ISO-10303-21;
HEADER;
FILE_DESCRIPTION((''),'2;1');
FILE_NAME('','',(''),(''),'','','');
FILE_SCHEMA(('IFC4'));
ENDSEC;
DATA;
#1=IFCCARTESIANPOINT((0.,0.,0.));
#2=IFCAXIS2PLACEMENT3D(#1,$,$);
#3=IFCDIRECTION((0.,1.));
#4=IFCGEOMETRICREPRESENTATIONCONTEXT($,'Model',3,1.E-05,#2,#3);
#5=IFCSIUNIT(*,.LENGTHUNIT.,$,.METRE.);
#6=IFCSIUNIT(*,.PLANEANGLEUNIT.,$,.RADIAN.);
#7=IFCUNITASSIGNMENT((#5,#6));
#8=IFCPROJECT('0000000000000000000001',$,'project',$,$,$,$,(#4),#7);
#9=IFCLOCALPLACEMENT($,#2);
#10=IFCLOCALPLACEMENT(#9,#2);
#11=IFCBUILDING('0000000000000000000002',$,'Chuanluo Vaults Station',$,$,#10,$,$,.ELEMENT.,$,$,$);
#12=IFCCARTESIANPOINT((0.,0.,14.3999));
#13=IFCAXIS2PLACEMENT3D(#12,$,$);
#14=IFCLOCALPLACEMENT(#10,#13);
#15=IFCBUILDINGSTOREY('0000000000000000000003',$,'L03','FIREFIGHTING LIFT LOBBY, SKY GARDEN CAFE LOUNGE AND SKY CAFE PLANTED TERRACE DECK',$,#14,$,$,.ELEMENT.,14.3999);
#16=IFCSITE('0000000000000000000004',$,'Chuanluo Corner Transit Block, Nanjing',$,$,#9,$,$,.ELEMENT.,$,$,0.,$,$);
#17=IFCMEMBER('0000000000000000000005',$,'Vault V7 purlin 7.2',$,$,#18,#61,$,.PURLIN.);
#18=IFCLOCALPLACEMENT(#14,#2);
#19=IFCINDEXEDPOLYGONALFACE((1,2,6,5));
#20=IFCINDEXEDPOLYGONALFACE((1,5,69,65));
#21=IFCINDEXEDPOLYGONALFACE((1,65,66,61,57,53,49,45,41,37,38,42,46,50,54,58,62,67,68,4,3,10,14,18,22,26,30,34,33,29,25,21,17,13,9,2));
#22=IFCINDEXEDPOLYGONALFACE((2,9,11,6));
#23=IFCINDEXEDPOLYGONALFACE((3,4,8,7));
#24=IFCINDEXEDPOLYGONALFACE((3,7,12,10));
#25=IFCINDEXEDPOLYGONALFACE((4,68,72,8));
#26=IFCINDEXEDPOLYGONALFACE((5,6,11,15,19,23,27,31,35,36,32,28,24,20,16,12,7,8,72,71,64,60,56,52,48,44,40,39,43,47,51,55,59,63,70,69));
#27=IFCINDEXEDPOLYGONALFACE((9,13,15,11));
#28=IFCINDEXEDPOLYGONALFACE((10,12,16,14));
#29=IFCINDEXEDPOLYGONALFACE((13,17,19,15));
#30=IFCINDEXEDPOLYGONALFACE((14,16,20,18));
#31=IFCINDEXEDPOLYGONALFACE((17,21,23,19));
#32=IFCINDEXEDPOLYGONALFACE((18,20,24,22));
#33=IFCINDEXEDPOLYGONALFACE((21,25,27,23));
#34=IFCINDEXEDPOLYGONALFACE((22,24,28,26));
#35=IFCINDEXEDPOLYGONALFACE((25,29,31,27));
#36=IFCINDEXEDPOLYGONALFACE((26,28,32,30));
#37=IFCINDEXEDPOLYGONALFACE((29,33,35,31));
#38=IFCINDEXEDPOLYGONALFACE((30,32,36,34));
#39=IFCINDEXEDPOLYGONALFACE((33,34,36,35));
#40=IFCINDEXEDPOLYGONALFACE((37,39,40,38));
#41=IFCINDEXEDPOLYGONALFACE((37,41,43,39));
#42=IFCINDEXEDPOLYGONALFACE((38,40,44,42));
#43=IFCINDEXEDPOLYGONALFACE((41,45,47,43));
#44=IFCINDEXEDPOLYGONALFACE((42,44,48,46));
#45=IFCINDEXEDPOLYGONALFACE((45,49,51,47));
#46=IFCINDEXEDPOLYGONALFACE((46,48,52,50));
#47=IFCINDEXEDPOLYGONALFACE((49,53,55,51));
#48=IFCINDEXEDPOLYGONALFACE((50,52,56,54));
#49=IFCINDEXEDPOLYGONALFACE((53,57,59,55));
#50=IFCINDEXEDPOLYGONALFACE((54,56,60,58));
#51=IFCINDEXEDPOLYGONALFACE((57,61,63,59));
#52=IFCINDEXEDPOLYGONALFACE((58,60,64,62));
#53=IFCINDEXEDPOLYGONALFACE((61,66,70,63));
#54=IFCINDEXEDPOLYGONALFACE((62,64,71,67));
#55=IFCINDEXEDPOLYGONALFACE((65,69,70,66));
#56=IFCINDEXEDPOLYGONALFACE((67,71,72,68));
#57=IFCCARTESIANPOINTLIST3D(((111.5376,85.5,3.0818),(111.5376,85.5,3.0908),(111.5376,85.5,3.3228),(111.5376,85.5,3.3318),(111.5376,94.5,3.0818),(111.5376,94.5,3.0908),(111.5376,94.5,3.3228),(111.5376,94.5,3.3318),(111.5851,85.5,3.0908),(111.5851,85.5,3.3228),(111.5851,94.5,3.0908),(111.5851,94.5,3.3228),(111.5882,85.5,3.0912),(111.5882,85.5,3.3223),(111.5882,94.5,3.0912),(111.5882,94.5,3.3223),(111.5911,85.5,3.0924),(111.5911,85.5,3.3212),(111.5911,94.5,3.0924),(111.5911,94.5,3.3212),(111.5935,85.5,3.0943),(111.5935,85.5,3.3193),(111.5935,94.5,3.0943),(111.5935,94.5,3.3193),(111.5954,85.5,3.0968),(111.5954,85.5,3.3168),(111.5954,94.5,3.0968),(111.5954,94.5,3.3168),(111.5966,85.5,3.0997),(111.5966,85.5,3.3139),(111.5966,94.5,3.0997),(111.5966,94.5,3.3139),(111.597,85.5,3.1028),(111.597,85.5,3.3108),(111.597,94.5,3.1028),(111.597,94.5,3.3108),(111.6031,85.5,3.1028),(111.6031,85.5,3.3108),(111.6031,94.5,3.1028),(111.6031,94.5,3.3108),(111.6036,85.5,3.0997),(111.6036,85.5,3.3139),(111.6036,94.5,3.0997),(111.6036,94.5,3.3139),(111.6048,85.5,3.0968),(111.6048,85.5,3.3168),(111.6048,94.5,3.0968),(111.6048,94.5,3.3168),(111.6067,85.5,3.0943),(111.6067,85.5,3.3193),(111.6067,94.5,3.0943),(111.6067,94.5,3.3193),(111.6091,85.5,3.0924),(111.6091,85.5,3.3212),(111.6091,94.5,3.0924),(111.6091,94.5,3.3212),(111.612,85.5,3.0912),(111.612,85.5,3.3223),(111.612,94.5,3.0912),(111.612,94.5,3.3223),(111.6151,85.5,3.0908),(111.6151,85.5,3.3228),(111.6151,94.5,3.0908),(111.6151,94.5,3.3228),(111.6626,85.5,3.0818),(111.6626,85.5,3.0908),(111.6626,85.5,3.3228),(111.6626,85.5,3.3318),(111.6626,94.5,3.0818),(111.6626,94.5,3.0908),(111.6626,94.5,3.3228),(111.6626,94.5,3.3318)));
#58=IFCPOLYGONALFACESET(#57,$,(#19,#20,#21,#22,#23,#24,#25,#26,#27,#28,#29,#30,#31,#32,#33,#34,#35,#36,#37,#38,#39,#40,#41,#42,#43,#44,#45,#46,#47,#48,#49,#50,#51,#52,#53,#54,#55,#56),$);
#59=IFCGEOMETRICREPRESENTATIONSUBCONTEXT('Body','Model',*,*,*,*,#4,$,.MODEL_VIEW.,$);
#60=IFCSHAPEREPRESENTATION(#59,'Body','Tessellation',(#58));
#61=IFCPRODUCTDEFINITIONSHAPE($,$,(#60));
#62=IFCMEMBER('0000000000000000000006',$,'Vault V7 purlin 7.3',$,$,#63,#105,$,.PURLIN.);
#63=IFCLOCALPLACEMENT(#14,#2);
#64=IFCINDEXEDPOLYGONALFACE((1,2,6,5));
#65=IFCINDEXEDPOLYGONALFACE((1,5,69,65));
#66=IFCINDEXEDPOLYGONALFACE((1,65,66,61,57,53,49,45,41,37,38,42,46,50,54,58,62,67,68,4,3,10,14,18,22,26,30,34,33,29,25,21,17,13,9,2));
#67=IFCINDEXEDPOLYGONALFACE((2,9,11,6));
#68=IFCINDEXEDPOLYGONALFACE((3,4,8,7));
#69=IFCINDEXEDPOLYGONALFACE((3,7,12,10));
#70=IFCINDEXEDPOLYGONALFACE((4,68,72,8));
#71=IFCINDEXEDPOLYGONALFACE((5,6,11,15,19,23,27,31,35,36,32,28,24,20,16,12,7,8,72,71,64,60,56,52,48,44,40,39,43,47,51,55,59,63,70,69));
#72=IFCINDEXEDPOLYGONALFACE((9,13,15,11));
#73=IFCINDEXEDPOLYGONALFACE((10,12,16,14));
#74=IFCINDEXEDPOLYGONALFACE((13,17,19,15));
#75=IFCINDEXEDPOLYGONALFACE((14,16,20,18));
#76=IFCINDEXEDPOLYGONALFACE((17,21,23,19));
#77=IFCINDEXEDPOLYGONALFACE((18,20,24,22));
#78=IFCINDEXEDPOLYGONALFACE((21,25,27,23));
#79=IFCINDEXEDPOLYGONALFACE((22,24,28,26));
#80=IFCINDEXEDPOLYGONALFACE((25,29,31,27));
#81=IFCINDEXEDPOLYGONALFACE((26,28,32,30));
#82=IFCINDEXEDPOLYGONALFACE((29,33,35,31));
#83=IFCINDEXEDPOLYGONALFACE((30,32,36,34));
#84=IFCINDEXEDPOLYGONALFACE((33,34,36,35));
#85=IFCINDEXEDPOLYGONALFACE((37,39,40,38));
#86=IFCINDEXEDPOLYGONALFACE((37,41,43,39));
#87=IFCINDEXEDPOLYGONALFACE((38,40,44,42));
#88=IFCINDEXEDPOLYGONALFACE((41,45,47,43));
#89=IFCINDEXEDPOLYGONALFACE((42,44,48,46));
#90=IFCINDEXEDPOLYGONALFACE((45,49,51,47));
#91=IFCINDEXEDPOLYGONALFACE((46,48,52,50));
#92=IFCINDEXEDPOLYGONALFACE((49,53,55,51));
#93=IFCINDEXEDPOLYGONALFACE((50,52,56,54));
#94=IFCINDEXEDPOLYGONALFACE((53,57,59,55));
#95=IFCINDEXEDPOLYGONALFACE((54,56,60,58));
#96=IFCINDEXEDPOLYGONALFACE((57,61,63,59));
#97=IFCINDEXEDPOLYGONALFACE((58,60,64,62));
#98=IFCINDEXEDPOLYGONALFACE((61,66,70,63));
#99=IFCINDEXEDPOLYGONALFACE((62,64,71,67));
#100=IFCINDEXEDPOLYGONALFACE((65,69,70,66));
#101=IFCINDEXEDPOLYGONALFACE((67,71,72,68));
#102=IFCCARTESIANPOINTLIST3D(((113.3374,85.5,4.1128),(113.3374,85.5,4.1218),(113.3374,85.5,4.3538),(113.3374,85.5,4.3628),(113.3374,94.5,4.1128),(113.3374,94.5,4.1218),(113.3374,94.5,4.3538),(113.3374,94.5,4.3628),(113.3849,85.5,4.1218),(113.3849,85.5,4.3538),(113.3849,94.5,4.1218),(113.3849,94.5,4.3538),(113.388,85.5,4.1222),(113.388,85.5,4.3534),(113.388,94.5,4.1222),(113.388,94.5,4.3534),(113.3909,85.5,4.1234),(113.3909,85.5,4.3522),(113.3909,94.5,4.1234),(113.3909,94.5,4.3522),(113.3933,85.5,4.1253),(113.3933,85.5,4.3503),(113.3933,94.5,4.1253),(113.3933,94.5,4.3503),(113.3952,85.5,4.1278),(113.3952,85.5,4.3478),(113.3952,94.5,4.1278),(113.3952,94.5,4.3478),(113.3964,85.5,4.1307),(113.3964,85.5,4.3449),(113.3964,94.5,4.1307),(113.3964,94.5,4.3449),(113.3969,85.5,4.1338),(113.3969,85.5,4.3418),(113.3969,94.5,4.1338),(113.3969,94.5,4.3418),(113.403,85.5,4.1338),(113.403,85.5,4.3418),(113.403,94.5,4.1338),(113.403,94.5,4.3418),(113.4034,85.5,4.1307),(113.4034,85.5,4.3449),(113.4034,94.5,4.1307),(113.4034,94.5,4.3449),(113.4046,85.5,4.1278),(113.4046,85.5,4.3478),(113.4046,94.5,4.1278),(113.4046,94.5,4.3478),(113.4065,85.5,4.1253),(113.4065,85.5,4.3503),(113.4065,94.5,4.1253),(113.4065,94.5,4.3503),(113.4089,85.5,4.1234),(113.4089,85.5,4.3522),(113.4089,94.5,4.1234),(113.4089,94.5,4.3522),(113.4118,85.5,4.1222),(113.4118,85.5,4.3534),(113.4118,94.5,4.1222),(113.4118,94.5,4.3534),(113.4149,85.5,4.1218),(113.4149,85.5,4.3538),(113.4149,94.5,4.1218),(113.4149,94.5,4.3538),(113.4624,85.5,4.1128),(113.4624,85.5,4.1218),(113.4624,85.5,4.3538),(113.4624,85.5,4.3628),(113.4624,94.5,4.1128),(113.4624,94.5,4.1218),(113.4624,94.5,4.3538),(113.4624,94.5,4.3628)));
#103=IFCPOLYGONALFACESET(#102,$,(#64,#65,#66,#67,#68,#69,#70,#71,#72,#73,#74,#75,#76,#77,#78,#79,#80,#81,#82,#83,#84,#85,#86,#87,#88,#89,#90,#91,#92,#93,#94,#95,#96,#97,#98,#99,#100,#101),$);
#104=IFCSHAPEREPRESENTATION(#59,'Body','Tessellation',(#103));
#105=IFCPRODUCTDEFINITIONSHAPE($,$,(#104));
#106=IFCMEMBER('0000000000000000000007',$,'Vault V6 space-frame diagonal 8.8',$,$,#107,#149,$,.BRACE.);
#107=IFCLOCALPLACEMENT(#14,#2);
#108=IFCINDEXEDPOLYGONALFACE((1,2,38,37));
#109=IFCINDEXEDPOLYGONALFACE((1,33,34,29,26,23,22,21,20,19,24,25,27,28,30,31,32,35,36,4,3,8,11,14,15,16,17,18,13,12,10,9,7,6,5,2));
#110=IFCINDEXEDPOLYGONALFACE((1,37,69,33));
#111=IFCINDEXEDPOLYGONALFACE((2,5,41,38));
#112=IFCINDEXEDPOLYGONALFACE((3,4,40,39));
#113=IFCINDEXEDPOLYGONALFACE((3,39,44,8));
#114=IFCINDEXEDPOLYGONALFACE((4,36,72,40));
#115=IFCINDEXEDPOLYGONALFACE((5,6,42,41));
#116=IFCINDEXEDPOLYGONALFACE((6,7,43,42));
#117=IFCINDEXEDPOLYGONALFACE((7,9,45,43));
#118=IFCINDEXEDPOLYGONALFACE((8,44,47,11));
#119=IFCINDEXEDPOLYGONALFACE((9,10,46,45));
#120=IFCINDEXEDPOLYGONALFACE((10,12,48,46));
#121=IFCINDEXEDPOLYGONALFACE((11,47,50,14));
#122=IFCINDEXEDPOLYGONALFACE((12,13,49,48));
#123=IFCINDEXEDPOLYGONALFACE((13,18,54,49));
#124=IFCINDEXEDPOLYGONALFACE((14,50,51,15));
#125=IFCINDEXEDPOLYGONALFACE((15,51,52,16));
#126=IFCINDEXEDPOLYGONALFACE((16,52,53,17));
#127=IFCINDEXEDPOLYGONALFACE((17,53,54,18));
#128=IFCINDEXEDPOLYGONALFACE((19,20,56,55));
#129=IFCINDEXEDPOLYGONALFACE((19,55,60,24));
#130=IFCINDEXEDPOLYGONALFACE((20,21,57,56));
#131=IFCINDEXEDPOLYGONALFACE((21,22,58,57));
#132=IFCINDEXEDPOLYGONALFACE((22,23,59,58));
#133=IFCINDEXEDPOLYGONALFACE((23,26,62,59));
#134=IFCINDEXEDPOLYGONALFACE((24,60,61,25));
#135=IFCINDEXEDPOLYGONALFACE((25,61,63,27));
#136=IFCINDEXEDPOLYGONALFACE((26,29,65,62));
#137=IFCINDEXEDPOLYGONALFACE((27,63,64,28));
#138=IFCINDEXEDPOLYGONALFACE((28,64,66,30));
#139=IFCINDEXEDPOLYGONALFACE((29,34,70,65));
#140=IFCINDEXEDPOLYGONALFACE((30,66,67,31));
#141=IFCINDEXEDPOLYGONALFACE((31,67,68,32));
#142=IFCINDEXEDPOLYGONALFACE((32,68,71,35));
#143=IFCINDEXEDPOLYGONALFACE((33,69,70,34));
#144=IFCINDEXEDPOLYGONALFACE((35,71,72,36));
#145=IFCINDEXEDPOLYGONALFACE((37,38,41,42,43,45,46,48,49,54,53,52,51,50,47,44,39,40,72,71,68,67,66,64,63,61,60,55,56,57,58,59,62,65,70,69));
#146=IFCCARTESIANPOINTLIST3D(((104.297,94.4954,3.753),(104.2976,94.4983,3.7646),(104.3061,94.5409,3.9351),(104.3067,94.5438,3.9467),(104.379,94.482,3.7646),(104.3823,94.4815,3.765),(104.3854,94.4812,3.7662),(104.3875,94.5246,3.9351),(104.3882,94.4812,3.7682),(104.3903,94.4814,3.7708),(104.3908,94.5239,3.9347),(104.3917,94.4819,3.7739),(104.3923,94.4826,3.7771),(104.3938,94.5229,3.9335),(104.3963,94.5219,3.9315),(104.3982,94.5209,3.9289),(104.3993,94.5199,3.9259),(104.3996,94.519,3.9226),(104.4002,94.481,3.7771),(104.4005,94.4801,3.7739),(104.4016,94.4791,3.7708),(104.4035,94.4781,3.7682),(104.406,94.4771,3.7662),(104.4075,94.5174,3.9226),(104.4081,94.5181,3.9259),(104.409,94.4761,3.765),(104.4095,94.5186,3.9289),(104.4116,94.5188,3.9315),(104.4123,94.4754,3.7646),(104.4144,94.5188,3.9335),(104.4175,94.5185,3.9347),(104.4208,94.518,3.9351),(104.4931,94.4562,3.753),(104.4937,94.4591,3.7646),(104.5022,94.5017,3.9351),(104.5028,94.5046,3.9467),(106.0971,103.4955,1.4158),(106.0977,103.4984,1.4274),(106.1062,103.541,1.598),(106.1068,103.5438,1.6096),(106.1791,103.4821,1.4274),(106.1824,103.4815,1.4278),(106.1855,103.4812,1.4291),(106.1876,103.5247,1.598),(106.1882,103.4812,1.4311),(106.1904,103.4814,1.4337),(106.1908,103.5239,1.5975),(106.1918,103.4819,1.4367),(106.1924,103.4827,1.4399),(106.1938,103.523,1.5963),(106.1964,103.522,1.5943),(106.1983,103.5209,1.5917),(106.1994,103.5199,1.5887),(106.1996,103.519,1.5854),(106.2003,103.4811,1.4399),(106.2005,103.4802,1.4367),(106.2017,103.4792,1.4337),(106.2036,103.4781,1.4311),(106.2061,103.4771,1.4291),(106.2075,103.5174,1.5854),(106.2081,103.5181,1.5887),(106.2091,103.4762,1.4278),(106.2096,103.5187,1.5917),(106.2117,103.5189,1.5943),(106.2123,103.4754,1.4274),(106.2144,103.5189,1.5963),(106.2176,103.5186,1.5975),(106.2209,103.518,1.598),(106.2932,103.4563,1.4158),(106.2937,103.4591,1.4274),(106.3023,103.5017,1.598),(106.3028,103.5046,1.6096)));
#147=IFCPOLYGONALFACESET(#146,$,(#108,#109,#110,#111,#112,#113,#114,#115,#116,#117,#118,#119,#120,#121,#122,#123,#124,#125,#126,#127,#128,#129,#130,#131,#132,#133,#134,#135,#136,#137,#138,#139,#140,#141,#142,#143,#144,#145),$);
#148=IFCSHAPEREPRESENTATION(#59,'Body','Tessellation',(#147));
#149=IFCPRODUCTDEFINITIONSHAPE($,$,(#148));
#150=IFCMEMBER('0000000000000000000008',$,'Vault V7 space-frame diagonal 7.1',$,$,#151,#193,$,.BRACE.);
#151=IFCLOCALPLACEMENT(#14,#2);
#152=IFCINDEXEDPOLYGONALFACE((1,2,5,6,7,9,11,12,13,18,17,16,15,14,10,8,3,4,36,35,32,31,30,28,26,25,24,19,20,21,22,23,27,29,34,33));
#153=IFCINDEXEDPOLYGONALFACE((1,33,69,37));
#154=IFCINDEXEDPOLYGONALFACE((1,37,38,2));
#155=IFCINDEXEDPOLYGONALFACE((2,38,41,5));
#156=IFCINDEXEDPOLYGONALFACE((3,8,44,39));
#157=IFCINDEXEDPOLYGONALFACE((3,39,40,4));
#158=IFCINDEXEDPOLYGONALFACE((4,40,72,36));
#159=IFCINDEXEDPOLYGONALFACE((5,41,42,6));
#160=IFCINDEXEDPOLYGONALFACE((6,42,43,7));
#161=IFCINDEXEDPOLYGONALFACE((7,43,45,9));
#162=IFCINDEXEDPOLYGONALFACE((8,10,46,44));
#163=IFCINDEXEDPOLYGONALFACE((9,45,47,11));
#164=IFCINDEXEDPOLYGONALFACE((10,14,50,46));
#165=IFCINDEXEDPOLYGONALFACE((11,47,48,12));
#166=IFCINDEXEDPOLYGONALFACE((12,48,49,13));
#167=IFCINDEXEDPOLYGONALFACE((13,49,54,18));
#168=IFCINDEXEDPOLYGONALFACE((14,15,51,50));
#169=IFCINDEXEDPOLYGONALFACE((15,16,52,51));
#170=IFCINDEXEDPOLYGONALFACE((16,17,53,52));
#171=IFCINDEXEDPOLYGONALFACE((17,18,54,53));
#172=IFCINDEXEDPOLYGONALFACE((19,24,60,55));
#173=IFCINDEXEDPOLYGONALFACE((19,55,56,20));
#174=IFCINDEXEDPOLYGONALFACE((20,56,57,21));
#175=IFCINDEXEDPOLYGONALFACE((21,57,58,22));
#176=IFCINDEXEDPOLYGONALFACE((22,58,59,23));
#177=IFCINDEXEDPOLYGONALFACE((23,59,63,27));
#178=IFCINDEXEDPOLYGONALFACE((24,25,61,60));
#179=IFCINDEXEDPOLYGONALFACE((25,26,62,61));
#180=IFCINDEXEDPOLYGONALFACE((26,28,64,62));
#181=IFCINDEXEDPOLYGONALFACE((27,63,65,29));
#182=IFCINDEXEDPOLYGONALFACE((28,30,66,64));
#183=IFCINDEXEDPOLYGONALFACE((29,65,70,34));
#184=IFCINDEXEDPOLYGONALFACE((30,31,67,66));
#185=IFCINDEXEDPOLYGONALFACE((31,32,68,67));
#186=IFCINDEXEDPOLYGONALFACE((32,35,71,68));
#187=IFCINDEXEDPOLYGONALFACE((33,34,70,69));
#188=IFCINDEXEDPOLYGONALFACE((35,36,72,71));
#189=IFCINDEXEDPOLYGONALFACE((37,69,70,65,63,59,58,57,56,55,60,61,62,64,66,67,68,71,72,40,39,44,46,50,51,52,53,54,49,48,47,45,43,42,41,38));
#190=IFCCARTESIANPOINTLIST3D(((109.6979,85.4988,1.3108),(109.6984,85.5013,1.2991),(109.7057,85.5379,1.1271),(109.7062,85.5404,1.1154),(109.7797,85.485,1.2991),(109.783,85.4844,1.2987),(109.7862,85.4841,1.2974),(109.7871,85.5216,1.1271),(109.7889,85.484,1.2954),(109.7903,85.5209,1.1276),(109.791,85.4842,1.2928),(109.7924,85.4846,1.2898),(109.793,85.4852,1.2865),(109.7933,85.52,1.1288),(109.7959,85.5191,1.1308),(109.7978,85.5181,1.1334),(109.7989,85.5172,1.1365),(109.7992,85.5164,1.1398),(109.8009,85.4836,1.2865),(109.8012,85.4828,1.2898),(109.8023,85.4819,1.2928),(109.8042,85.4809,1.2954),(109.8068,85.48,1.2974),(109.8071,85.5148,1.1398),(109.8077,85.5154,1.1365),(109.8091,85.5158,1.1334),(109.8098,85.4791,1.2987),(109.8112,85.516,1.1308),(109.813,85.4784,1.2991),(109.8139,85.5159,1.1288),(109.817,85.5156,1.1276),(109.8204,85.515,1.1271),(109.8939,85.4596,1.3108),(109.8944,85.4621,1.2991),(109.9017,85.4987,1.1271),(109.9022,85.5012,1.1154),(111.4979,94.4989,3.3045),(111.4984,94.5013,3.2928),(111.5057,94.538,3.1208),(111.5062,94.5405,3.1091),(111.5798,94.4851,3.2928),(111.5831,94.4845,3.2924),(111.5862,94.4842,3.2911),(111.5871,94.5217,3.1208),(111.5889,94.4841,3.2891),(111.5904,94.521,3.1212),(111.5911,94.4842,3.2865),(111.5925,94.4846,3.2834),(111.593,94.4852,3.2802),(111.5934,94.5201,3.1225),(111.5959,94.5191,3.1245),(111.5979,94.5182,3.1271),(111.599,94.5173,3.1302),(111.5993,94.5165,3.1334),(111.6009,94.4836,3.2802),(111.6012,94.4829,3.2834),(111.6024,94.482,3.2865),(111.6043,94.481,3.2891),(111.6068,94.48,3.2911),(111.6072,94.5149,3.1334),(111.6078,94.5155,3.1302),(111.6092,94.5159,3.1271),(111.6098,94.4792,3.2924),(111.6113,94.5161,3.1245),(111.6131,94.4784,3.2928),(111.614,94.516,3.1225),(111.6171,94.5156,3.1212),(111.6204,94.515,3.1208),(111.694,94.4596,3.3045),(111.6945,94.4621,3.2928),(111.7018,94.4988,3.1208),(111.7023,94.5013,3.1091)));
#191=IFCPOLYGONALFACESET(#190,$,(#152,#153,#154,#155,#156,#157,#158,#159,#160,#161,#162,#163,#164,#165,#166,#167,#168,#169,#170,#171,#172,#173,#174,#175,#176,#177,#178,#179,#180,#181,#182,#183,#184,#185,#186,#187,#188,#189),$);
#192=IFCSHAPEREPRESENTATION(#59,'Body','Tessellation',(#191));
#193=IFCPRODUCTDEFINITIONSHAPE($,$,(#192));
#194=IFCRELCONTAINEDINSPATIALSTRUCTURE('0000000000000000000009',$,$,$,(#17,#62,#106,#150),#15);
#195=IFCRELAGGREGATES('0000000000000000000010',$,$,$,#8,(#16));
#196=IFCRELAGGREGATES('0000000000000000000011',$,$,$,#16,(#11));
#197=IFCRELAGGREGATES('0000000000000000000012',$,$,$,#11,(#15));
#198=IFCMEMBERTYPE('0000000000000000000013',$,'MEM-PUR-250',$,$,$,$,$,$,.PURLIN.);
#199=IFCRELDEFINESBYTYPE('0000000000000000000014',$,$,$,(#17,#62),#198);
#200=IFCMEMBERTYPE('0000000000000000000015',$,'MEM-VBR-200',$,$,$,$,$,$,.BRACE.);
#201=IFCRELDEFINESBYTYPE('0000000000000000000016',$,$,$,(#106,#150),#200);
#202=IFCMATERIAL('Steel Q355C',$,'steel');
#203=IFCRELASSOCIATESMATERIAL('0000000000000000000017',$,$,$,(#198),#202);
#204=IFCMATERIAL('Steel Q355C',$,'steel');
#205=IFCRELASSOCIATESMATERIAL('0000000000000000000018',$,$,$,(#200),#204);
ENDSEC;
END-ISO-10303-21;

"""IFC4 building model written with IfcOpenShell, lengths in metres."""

from ifc_helpers import new_model, si_unit, direction, frame, origin, origin_2d, place, context, subcontext, project, spatial, i_section, extrude, material, material_profile, profile_set, type_object, element, save


model = new_model("IFC4")

# Units and contexts
model_context = context("Model", 3, precision=1e-05, world=origin(), true_north=direction((0.0, 1.0)))
body_context = subcontext(model_context, "Body", "Model", "MODEL_VIEW")
ifc_project = project(units=[si_unit("LENGTHUNIT", "METRE"), si_unit("PLANEANGLEUNIT", "RADIAN")], contexts=[model_context])

# Site, building, storey
site_placement = place(None, origin())
site = spatial("IfcSite", under=ifc_project, at=site_placement, Name="Chuanluo Corner Transit Block, Nanjing", CompositionType="ELEMENT", RefElevation=0.0)
building_placement = place(site_placement, origin())
building = spatial("IfcBuilding", under=site, at=building_placement, Name="Chuanluo Vaults Station", CompositionType="ELEMENT")
storey_placement = place(building_placement, frame((0.0, 0.0, 14.3999)))
storey = spatial("IfcBuildingStorey", under=building, at=storey_placement, Name="L03", Description="FIREFIGHTING LIFT LOBBY, SKY GARDEN CAFE LOUNGE AND SKY CAFE PLANTED TERRACE DECK", CompositionType="ELEMENT", Elevation=14.3999)

# Members
ifc_material_1 = material(Name="Steel Q355C", Category="steel")
ifc_material_profile_1 = material_profile(ifc_material_1, i_section(OverallWidth=0.125, OverallDepth=0.25, WebThickness=0.0061, FlangeThickness=0.009, FilletRadius=0.012, at=origin_2d()))
ifc_profile_set_1 = profile_set([ifc_material_profile_1], Name="Steel Q355C")
member_type_1 = type_object("IfcMemberType", Name="MEM-PUR-250", PredefinedType="PURLIN", material=ifc_profile_set_1)
for number, where, z_axis, x_axis, name in (
    (1, (111.6001, 85.5, 3.2068), (0.0, 1.0, 0.0), (-1.0, 0.0, 0.0), "Vault V7 purlin 7.2"),
    (2, (113.3999, 85.5, 4.2378), (0.0, 1.0, 0.0), (-1.0, 0.0, 0.0), "Vault V7 purlin 7.3"),
):
    element("IfcMember", number, at=place(storey_placement, frame(where, z_axis=z_axis, x_axis=x_axis)), inside=storey, type_object=member_type_1, Name=name, PredefinedType="PURLIN", context=body_context, shape_type="SweptSolid", body=[
        extrude(i_section(OverallWidth=0.125, OverallDepth=0.25, WebThickness=0.0061, FlangeThickness=0.009, FilletRadius=0.012, at=origin_2d()), origin(), (0.0, 0.0, 1.0), 9.0),
    ])
ifc_material_2 = material(Name="Steel Q355C", Category="steel")
ifc_material_profile_2 = material_profile(ifc_material_2, i_section(OverallWidth=0.2, OverallDepth=0.2, WebThickness=0.0081, FlangeThickness=0.012, FilletRadius=0.0129, at=origin_2d()))
ifc_profile_set_2 = profile_set([ifc_material_profile_2], Name="Steel Q355C")
member_type_2 = type_object("IfcMemberType", Name="MEM-VBR-200", PredefinedType="BRACE", material=ifc_profile_set_2)
member_1_placement = place(storey_placement, frame((104.3999, 94.5, 3.8499), z_axis=(0.190056, 0.950255, -0.246766), x_axis=(-0.98058, 0.196121, 0.0)))
element("IfcMember", 3, at=member_1_placement, inside=storey, type_object=member_type_2, Name="Vault V6 space-frame diagonal 8.8", PredefinedType="BRACE", context=body_context, shape_type="SweptSolid", body=[
    extrude(i_section(OverallWidth=0.2, OverallDepth=0.2, WebThickness=0.0081, FlangeThickness=0.012, FilletRadius=0.0129, at=origin_2d()), origin(), (0.0, 0.0, 1.0), 9.4712),
])
member_2_placement = place(storey_placement, frame((109.8, 85.5, 1.2131), z_axis=(0.191652, 0.958234, 0.212265), x_axis=(-0.98058, 0.196121, 0.0)))
element("IfcMember", 4, at=member_2_placement, inside=storey, type_object=member_type_2, Name="Vault V7 space-frame diagonal 7.1", PredefinedType="BRACE", context=body_context, shape_type="SweptSolid", body=[
    extrude(i_section(OverallWidth=0.2, OverallDepth=0.2, WebThickness=0.0081, FlangeThickness=0.012, FilletRadius=0.0129, at=origin_2d()), origin(), (0.0, 0.0, 1.0), 9.3923),
])

save(model, "model.ifc")
